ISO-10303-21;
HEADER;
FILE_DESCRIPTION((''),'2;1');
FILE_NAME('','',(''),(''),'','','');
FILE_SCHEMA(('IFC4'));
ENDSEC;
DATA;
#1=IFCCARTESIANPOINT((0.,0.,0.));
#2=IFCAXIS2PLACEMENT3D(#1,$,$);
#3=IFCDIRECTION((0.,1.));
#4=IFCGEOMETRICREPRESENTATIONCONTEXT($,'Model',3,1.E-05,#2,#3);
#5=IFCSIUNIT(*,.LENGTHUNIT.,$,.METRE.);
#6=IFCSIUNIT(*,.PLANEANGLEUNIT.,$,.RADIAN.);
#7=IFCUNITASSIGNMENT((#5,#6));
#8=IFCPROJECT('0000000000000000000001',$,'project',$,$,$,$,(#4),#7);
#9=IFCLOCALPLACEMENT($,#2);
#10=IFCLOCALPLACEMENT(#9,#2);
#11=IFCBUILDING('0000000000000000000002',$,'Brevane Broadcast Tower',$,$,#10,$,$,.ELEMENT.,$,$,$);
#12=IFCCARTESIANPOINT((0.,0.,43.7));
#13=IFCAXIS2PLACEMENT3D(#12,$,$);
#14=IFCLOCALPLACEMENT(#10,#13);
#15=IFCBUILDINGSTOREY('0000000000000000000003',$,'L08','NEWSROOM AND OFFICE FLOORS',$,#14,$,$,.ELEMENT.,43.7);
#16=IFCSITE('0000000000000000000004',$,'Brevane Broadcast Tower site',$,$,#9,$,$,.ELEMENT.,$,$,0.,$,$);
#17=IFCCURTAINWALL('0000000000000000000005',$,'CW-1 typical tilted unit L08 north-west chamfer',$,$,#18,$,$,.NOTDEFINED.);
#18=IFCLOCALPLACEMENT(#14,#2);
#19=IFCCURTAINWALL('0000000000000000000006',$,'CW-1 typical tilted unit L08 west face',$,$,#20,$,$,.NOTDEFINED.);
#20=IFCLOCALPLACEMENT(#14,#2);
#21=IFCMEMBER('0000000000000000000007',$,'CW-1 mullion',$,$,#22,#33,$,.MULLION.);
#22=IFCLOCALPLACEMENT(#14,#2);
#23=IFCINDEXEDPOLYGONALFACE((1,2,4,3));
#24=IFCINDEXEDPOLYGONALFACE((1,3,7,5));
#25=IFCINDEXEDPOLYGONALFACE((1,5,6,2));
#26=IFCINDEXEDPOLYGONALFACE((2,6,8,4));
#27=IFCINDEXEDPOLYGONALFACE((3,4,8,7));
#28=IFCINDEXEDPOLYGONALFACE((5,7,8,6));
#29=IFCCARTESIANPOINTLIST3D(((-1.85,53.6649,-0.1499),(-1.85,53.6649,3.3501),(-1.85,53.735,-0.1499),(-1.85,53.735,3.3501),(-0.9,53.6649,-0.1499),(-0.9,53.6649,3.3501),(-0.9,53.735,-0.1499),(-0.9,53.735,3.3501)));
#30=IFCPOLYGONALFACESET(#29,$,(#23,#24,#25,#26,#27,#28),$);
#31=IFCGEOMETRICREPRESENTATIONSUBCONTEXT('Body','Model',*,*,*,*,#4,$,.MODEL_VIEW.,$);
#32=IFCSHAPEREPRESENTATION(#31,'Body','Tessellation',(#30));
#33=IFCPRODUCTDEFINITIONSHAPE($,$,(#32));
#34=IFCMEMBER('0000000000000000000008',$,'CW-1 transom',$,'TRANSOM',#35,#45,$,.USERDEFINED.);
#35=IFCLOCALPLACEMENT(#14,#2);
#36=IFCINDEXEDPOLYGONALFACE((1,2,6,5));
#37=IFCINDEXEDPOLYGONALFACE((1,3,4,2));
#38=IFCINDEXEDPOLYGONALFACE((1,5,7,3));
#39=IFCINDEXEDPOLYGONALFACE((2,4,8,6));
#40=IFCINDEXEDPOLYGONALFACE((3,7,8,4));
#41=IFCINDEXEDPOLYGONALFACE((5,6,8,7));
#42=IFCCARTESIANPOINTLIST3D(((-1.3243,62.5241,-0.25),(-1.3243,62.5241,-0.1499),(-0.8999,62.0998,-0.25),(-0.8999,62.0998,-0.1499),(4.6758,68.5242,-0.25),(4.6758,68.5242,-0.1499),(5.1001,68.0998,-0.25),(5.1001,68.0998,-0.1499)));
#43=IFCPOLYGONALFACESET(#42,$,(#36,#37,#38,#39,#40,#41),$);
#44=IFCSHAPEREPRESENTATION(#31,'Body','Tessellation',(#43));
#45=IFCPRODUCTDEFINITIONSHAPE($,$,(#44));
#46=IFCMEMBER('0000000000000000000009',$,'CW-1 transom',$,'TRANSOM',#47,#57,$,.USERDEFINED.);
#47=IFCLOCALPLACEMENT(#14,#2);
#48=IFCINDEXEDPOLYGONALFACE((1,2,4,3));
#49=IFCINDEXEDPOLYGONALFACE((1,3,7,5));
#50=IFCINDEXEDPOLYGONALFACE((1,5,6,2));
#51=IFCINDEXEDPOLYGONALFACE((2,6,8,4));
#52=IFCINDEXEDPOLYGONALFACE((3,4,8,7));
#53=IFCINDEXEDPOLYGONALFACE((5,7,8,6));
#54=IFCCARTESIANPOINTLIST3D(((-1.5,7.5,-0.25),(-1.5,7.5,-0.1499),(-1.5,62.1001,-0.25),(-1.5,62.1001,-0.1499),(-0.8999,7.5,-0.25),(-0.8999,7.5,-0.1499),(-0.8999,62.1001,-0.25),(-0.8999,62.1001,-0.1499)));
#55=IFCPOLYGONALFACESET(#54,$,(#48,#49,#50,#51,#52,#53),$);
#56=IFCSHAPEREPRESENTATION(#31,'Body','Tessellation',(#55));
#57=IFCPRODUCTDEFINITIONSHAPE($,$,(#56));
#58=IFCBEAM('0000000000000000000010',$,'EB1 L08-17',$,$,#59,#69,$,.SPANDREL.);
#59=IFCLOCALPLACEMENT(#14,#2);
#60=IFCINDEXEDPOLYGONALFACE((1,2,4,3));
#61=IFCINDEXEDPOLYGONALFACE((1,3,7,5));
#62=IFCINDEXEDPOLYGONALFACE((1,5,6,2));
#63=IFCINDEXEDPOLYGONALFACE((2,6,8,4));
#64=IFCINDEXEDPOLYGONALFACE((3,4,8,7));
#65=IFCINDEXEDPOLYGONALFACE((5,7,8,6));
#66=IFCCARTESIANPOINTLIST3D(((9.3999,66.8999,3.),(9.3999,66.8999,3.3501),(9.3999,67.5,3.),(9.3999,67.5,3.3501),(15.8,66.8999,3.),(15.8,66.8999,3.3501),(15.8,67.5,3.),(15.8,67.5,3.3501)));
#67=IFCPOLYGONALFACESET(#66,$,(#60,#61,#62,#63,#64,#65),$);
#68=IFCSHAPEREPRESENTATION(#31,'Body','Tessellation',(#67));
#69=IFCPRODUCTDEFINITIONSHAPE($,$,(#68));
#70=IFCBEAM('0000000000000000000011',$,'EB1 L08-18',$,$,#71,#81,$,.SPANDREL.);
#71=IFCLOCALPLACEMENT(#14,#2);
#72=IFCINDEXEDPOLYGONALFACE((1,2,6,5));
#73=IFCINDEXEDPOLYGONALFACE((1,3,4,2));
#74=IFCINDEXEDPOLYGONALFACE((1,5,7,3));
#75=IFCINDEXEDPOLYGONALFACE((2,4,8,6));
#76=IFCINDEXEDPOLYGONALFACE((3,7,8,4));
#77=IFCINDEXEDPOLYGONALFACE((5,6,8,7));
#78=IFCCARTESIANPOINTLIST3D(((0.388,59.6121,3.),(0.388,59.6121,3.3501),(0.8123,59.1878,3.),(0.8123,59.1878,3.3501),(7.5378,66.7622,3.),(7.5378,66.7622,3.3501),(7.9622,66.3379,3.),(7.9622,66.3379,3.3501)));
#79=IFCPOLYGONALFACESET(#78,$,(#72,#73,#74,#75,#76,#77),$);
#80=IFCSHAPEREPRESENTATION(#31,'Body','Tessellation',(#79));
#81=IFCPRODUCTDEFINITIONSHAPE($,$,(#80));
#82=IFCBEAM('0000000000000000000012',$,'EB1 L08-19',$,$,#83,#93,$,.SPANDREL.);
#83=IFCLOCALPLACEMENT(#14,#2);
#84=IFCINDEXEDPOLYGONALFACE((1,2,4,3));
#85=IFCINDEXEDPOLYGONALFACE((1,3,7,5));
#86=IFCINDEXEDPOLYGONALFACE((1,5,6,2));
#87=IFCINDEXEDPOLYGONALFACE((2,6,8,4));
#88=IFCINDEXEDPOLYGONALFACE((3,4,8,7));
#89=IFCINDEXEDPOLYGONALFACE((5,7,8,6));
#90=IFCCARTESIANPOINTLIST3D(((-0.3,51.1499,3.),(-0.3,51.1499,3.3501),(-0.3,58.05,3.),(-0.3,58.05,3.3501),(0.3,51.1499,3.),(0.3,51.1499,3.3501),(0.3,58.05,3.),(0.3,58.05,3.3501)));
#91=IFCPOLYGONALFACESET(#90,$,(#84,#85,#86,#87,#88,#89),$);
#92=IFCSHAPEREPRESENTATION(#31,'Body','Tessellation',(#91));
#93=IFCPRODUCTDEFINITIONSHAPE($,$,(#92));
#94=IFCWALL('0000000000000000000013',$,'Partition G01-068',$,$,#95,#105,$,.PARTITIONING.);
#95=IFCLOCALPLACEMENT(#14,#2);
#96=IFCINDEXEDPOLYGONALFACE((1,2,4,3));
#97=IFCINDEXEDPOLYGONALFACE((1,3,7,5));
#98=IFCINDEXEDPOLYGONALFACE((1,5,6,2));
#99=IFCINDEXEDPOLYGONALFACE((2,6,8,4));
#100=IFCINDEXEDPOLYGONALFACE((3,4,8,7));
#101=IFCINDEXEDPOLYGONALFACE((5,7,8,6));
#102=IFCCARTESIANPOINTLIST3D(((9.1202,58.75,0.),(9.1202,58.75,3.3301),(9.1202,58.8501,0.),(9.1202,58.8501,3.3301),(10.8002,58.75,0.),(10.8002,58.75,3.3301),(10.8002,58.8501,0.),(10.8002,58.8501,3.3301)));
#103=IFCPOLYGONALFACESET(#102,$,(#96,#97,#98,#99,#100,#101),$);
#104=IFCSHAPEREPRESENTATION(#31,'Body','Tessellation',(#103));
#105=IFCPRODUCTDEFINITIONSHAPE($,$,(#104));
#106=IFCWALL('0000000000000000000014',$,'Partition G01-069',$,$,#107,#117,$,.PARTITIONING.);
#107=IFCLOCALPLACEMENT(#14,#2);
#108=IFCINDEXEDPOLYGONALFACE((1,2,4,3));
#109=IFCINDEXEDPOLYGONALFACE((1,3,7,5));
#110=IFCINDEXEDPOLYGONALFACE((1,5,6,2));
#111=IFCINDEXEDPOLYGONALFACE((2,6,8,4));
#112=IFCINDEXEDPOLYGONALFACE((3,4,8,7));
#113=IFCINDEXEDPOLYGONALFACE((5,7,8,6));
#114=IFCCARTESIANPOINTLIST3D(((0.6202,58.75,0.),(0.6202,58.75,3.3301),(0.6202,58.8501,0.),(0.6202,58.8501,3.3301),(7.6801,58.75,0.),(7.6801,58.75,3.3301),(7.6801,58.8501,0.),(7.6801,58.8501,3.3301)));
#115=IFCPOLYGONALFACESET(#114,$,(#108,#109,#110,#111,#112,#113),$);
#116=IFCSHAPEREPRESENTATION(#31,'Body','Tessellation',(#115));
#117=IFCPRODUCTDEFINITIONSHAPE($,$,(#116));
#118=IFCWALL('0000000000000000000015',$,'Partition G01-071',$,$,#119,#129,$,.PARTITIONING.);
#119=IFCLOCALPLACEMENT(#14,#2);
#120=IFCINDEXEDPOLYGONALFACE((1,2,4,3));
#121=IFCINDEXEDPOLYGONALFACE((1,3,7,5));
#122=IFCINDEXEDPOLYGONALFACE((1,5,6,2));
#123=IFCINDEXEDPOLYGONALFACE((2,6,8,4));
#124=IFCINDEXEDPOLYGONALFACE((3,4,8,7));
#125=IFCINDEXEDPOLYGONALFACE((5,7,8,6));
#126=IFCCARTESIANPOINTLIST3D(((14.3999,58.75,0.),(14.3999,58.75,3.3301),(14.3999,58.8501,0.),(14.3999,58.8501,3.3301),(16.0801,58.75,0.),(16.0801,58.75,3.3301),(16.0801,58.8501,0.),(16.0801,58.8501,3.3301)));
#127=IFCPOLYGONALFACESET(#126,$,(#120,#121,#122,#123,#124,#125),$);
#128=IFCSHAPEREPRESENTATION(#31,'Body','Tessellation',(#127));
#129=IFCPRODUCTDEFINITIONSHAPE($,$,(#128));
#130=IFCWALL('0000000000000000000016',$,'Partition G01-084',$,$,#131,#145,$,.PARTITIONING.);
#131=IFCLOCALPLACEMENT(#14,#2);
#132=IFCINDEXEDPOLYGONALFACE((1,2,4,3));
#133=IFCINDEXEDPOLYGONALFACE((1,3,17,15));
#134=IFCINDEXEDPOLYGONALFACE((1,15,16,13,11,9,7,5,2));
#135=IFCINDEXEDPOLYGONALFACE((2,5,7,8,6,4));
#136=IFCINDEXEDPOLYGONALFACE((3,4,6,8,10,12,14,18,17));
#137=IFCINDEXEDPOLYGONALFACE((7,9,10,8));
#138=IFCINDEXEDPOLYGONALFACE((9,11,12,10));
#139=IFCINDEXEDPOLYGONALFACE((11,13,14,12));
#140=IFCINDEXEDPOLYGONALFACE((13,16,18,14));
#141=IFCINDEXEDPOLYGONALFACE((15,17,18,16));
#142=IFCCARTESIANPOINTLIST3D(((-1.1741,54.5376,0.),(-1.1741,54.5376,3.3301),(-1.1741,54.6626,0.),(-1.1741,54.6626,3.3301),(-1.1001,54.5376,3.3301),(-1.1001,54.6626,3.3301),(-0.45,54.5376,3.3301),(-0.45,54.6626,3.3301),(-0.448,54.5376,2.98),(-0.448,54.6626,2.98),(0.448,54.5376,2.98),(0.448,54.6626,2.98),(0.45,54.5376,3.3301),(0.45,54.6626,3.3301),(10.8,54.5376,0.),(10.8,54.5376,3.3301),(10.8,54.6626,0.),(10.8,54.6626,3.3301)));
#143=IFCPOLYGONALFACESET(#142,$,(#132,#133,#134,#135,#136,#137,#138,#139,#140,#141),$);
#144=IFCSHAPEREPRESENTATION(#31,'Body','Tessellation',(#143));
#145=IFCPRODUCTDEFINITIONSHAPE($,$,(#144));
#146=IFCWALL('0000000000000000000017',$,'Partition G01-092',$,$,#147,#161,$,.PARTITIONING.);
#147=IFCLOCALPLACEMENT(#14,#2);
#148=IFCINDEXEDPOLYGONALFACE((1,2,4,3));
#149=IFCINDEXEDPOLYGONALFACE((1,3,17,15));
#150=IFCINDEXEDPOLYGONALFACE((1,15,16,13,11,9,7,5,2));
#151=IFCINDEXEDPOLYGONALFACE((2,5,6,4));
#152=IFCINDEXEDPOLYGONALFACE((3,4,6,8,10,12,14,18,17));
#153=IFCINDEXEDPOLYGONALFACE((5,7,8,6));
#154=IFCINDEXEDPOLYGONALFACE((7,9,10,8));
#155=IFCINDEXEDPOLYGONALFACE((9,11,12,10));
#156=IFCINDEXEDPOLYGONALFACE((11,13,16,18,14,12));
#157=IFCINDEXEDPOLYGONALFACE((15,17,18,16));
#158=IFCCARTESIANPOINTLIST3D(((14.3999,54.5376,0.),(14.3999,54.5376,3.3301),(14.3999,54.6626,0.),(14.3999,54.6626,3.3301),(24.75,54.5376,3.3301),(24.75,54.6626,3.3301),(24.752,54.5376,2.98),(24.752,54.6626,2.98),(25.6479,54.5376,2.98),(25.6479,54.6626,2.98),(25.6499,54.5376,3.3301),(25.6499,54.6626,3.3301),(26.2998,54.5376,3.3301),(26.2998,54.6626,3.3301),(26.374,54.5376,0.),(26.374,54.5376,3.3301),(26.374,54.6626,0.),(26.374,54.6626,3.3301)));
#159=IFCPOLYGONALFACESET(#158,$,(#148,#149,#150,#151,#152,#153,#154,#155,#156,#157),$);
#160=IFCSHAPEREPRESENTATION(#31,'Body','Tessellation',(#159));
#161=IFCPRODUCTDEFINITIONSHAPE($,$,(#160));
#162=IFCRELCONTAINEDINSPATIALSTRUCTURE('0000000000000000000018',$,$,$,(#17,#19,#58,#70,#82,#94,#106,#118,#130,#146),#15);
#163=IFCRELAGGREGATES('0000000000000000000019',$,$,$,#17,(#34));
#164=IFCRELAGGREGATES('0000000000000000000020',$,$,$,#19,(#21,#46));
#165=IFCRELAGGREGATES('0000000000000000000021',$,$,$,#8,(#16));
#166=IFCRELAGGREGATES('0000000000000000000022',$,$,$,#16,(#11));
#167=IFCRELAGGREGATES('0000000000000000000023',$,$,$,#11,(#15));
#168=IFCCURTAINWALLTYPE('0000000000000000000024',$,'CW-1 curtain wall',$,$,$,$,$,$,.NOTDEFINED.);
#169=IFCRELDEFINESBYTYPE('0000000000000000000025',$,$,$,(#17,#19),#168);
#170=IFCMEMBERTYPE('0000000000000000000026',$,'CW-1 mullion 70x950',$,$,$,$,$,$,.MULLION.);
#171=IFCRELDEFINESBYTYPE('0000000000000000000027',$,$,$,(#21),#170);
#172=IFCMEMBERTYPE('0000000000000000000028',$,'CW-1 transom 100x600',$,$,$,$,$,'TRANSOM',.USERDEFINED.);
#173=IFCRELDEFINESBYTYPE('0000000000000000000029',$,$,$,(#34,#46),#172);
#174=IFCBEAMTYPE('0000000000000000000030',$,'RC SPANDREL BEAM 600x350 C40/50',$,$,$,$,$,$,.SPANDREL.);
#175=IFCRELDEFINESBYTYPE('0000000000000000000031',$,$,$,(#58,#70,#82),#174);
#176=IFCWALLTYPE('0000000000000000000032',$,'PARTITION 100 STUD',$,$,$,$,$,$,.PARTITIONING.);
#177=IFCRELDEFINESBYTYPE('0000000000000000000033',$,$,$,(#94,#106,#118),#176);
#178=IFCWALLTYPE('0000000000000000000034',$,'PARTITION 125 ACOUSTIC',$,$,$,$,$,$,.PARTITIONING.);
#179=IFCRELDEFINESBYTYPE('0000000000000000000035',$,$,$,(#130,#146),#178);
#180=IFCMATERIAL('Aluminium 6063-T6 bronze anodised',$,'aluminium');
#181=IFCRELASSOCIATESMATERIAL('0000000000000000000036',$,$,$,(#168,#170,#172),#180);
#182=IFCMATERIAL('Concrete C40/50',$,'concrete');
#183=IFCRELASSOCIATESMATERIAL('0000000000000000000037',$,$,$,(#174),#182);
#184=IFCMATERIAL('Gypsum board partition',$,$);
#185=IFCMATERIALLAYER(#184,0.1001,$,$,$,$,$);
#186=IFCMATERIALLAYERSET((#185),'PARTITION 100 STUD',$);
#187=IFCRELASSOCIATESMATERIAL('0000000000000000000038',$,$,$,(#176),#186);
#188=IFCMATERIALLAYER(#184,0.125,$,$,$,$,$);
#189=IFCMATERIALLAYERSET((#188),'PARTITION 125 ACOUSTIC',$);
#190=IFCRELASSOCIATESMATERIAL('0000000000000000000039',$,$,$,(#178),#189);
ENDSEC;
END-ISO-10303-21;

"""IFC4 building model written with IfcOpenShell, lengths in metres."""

from ifc_helpers import new_model, si_unit, direction, frame, frame_2d, origin, origin_2d, place, context, subcontext, project, spatial, polyline, rectangle, outline, extrude, material, layer, layer_set, material_profile, profile_set, type_object, element, aggregate, save


model = new_model("IFC4")

# Units and contexts
model_context = context("Model", 3, precision=1e-05, world=origin(), true_north=direction((0.0, 1.0)))
body_context = subcontext(model_context, "Body", "Model", "MODEL_VIEW")
ifc_project = project(units=[si_unit("LENGTHUNIT", "METRE"), si_unit("PLANEANGLEUNIT", "RADIAN")], contexts=[model_context])

# Site, building, storey
site_placement = place(None, origin())
site = spatial("IfcSite", under=ifc_project, at=site_placement, Name="Brevane Broadcast Tower site", CompositionType="ELEMENT", RefElevation=0.0)
building_placement = place(site_placement, origin())
building = spatial("IfcBuilding", under=site, at=building_placement, Name="Brevane Broadcast Tower", CompositionType="ELEMENT")
storey_placement = place(building_placement, frame((0.0, 0.0, 43.7)))
storey = spatial("IfcBuildingStorey", under=building, at=storey_placement, Name="L08", Description="NEWSROOM AND OFFICE FLOORS", CompositionType="ELEMENT", Elevation=43.7)

# Curtain walls, member
ifc_material_1 = material(Name="Aluminium 6063-T6 bronze anodised", Category="aluminium")
curtain_wall_type = type_object("IfcCurtainWallType", Name="CW-1 curtain wall", PredefinedType="NOTDEFINED", material=ifc_material_1)
ifc_material_profile_1 = material_profile(ifc_material_1, rectangle(XDim=0.95, YDim=0.0701, at=origin_2d()), Name="RECT 70x950")
ifc_profile_set_1 = profile_set([ifc_material_profile_1], Name="Aluminium 6063-T6 bronze anodised")
member_type_1 = type_object("IfcMemberType", Name="CW-1 mullion 70x950", PredefinedType="MULLION", material=ifc_profile_set_1)
curtain_wall_1_placement = place(storey_placement, origin())
curtain_wall_1 = element("IfcCurtainWall", 1, at=curtain_wall_1_placement, inside=storey, type_object=curtain_wall_type, Name="CW-1 typical tilted unit L08 north-west chamfer", PredefinedType="NOTDEFINED")
curtain_wall_2_placement = place(storey_placement, origin())
curtain_wall_2 = element("IfcCurtainWall", 2, at=curtain_wall_2_placement, inside=storey, type_object=curtain_wall_type, Name="CW-1 typical tilted unit L08 west face", PredefinedType="NOTDEFINED")
member_1_placement = place(storey_placement, frame((-1.375, 53.7, -0.1499), z_axis=(0.0, 0.0, 1.0), x_axis=(1.0, 0.0, 0.0)))
member_1 = element("IfcMember", 3, at=member_1_placement, type_object=member_type_1, Name="CW-1 mullion", PredefinedType="MULLION", context=body_context, shape_type="SweptSolid", body=[
    extrude(rectangle(XDim=0.95, YDim=0.0701, at=origin_2d()), origin(), (0.0, 0.0, 1.0), 3.5),
])

# Members
ifc_material_profile_2 = material_profile(ifc_material_1, rectangle(XDim=0.6001, YDim=0.1001, at=origin_2d()), Name="RECT 100x600")
ifc_profile_set_2 = profile_set([ifc_material_profile_2], Name="Aluminium 6063-T6 bronze anodised")
member_type_2 = type_object("IfcMemberType", Name="CW-1 transom 100x600", ElementType="TRANSOM", PredefinedType="USERDEFINED", material=ifc_profile_set_2)
member_2_placement = place(storey_placement, frame((4.8879, 68.312, -0.2), z_axis=(-0.707107, -0.707107, 0.0), x_axis=(0.707107, -0.707107, 0.0)))
member_2 = element("IfcMember", 4, at=member_2_placement, type_object=member_type_2, Name="CW-1 transom", ObjectType="TRANSOM", PredefinedType="USERDEFINED", context=body_context, shape_type="SweptSolid", body=[
    extrude(rectangle(XDim=0.6001, YDim=0.1001, at=origin_2d()), origin(), (0.0, 0.0, 1.0), 8.4854),
])
aggregate(curtain_wall_1, [member_2])
member_3_placement = place(storey_placement, frame((-1.2, 62.1001, -0.2), z_axis=(0.0, -1.0, 0.0), x_axis=(1.0, 0.0, 0.0)))
member_3 = element("IfcMember", 5, at=member_3_placement, type_object=member_type_2, Name="CW-1 transom", ObjectType="TRANSOM", PredefinedType="USERDEFINED", context=body_context, shape_type="SweptSolid", body=[
    extrude(rectangle(XDim=0.6001, YDim=0.1001, at=origin_2d()), origin(), (0.0, 0.0, 1.0), 54.6001),
])
aggregate(curtain_wall_2, [member_1, member_3])

# Beams
ifc_material_2 = material(Name="Concrete C40/50", Category="concrete")
ifc_material_profile_3 = material_profile(ifc_material_2, rectangle(XDim=0.6001, YDim=0.3501, at=origin_2d()), Name="RC 600x350")
ifc_profile_set_3 = profile_set([ifc_material_profile_3], Name="Concrete C40/50")
beam_type = type_object("IfcBeamType", Name="RC SPANDREL BEAM 600x350 C40/50", PredefinedType="SPANDREL", material=ifc_profile_set_3)
beam_1_placement = place(storey_placement, frame((15.8, 67.2, 3.175), z_axis=(-1.0, 0.0, 0.0), x_axis=(0.0, -1.0, 0.0)))
element("IfcBeam", 6, at=beam_1_placement, inside=storey, type_object=beam_type, Name="EB1 L08-17", PredefinedType="SPANDREL", context=body_context, shape_type="SweptSolid", body=[
    extrude(rectangle(XDim=0.6001, YDim=0.3501, at=origin_2d()), origin(), (0.0, 0.0, 1.0), 6.4001),
])
beam_2_placement = place(storey_placement, frame((7.75, 66.55, 3.175), z_axis=(-0.707095, -0.707119, 0.0), x_axis=(0.707119, -0.707095, 0.0)))
element("IfcBeam", 7, at=beam_2_placement, inside=storey, type_object=beam_type, Name="EB1 L08-18", PredefinedType="SPANDREL", context=body_context, shape_type="SweptSolid", body=[
    extrude(rectangle(XDim=0.6001, YDim=0.3501, at=origin_2d()), origin(), (0.0, 0.0, 1.0), 10.1116),
])
beam_3_placement = place(storey_placement, frame((0.0, 58.05, 3.175), z_axis=(0.0, -1.0, 0.0), x_axis=(1.0, 0.0, 0.0)))
element("IfcBeam", 8, at=beam_3_placement, inside=storey, type_object=beam_type, Name="EB1 L08-19", PredefinedType="SPANDREL", context=body_context, shape_type="SweptSolid", body=[
    extrude(rectangle(XDim=0.6001, YDim=0.3501, at=origin_2d()), origin(), (0.0, 0.0, 1.0), 6.9001),
])

# Walls
ifc_material_3 = material(Name="Gypsum board partition")
ifc_layer_1 = layer(ifc_material_3, 0.1001)
ifc_layer_set_1 = layer_set([ifc_layer_1], Name="PARTITION 100 STUD")
wall_type_1 = type_object("IfcWallType", Name="PARTITION 100 STUD", PredefinedType="PARTITIONING", material=ifc_layer_set_1)
wall_1_placement = place(storey_placement, frame((10.8, 58.8, 0.0), z_axis=(0.0, 0.0, 1.0), x_axis=(-1.0, 0.0, 0.0)))
element("IfcWall", 9, at=wall_1_placement, inside=storey, type_object=wall_type_1, Name="Partition G01-068", PredefinedType="PARTITIONING", context=body_context, shape_type="SweptSolid", body=[
    extrude(rectangle(XDim=1.6799, YDim=0.1001, at=frame_2d((0.8398, 0.0))), origin(), (0.0, 0.0, 1.0), 3.3301),
])
wall_2_placement = place(storey_placement, frame((7.6799, 58.8, 0.0), z_axis=(0.0, 0.0, 1.0), x_axis=(-1.0, 0.0, 0.0)))
element("IfcWall", 10, at=wall_2_placement, inside=storey, type_object=wall_type_1, Name="Partition G01-069", PredefinedType="PARTITIONING", context=body_context, shape_type="SweptSolid", body=[
    extrude(rectangle(XDim=7.0598, YDim=0.1001, at=frame_2d((3.5298, 0.0))), origin(), (0.0, 0.0, 1.0), 3.3301),
])
wall_3_placement = place(storey_placement, frame((16.0801, 58.8, 0.0), z_axis=(0.0, 0.0, 1.0), x_axis=(-1.0, 0.0, 0.0)))
element("IfcWall", 11, at=wall_3_placement, inside=storey, type_object=wall_type_1, Name="Partition G01-071", PredefinedType="PARTITIONING", context=body_context, shape_type="SweptSolid", body=[
    extrude(rectangle(XDim=1.6802, YDim=0.1001, at=frame_2d((0.8401, 0.0))), origin(), (0.0, 0.0, 1.0), 3.3301),
])
ifc_layer_2 = layer(ifc_material_3, 0.125)
ifc_layer_set_2 = layer_set([ifc_layer_2], Name="PARTITION 125 ACOUSTIC")
wall_type_2 = type_object("IfcWallType", Name="PARTITION 125 ACOUSTIC", PredefinedType="PARTITIONING", material=ifc_layer_set_2)
wall_4_placement = place(storey_placement, frame((-1.1741, 54.6001, 0.0), z_axis=(0.0, 0.0, 1.0), x_axis=(1.0, 0.0, 0.0)))
element("IfcWall", 12, at=wall_4_placement, inside=storey, type_object=wall_type_2, Name="Partition G01-084", PredefinedType="PARTITIONING", context=body_context, shape_type="SweptSolid", body=[
    extrude(outline(polyline([(0.0, 0.0), (11.9741, 0.0), (11.9741, 3.3301), (1.624, 3.3301), (1.6221, 2.98), (0.7261, 2.98), (0.7241, 3.3301), (0.074, 3.3301), (0.0, 3.3301), (0.0, 0.0)])), frame((0.0, 0.0625, 0.0), z_axis=(0.0, -1.0, 0.0), x_axis=(1.0, 0.0, 0.0)), (0.0, 0.0, 1.0), 0.125),
])
wall_5_placement = place(storey_placement, frame((14.3999, 54.6001, 0.0), z_axis=(0.0, 0.0, 1.0), x_axis=(1.0, 0.0, 0.0)))
element("IfcWall", 13, at=wall_5_placement, inside=storey, type_object=wall_type_2, Name="Partition G01-092", PredefinedType="PARTITIONING", context=body_context, shape_type="SweptSolid", body=[
    extrude(outline(polyline([(0.0, 0.0), (11.9741, 0.0), (11.9741, 3.3301), (11.8999, 3.3301), (11.25, 3.3301), (11.248, 2.98), (10.3521, 2.98), (10.3501, 3.3301), (0.0, 3.3301), (0.0, 0.0)])), frame((0.0, 0.0625, 0.0), z_axis=(0.0, -1.0, 0.0), x_axis=(1.0, 0.0, 0.0)), (0.0, 0.0, 1.0), 0.125),
])

save(model, "model.ifc")
